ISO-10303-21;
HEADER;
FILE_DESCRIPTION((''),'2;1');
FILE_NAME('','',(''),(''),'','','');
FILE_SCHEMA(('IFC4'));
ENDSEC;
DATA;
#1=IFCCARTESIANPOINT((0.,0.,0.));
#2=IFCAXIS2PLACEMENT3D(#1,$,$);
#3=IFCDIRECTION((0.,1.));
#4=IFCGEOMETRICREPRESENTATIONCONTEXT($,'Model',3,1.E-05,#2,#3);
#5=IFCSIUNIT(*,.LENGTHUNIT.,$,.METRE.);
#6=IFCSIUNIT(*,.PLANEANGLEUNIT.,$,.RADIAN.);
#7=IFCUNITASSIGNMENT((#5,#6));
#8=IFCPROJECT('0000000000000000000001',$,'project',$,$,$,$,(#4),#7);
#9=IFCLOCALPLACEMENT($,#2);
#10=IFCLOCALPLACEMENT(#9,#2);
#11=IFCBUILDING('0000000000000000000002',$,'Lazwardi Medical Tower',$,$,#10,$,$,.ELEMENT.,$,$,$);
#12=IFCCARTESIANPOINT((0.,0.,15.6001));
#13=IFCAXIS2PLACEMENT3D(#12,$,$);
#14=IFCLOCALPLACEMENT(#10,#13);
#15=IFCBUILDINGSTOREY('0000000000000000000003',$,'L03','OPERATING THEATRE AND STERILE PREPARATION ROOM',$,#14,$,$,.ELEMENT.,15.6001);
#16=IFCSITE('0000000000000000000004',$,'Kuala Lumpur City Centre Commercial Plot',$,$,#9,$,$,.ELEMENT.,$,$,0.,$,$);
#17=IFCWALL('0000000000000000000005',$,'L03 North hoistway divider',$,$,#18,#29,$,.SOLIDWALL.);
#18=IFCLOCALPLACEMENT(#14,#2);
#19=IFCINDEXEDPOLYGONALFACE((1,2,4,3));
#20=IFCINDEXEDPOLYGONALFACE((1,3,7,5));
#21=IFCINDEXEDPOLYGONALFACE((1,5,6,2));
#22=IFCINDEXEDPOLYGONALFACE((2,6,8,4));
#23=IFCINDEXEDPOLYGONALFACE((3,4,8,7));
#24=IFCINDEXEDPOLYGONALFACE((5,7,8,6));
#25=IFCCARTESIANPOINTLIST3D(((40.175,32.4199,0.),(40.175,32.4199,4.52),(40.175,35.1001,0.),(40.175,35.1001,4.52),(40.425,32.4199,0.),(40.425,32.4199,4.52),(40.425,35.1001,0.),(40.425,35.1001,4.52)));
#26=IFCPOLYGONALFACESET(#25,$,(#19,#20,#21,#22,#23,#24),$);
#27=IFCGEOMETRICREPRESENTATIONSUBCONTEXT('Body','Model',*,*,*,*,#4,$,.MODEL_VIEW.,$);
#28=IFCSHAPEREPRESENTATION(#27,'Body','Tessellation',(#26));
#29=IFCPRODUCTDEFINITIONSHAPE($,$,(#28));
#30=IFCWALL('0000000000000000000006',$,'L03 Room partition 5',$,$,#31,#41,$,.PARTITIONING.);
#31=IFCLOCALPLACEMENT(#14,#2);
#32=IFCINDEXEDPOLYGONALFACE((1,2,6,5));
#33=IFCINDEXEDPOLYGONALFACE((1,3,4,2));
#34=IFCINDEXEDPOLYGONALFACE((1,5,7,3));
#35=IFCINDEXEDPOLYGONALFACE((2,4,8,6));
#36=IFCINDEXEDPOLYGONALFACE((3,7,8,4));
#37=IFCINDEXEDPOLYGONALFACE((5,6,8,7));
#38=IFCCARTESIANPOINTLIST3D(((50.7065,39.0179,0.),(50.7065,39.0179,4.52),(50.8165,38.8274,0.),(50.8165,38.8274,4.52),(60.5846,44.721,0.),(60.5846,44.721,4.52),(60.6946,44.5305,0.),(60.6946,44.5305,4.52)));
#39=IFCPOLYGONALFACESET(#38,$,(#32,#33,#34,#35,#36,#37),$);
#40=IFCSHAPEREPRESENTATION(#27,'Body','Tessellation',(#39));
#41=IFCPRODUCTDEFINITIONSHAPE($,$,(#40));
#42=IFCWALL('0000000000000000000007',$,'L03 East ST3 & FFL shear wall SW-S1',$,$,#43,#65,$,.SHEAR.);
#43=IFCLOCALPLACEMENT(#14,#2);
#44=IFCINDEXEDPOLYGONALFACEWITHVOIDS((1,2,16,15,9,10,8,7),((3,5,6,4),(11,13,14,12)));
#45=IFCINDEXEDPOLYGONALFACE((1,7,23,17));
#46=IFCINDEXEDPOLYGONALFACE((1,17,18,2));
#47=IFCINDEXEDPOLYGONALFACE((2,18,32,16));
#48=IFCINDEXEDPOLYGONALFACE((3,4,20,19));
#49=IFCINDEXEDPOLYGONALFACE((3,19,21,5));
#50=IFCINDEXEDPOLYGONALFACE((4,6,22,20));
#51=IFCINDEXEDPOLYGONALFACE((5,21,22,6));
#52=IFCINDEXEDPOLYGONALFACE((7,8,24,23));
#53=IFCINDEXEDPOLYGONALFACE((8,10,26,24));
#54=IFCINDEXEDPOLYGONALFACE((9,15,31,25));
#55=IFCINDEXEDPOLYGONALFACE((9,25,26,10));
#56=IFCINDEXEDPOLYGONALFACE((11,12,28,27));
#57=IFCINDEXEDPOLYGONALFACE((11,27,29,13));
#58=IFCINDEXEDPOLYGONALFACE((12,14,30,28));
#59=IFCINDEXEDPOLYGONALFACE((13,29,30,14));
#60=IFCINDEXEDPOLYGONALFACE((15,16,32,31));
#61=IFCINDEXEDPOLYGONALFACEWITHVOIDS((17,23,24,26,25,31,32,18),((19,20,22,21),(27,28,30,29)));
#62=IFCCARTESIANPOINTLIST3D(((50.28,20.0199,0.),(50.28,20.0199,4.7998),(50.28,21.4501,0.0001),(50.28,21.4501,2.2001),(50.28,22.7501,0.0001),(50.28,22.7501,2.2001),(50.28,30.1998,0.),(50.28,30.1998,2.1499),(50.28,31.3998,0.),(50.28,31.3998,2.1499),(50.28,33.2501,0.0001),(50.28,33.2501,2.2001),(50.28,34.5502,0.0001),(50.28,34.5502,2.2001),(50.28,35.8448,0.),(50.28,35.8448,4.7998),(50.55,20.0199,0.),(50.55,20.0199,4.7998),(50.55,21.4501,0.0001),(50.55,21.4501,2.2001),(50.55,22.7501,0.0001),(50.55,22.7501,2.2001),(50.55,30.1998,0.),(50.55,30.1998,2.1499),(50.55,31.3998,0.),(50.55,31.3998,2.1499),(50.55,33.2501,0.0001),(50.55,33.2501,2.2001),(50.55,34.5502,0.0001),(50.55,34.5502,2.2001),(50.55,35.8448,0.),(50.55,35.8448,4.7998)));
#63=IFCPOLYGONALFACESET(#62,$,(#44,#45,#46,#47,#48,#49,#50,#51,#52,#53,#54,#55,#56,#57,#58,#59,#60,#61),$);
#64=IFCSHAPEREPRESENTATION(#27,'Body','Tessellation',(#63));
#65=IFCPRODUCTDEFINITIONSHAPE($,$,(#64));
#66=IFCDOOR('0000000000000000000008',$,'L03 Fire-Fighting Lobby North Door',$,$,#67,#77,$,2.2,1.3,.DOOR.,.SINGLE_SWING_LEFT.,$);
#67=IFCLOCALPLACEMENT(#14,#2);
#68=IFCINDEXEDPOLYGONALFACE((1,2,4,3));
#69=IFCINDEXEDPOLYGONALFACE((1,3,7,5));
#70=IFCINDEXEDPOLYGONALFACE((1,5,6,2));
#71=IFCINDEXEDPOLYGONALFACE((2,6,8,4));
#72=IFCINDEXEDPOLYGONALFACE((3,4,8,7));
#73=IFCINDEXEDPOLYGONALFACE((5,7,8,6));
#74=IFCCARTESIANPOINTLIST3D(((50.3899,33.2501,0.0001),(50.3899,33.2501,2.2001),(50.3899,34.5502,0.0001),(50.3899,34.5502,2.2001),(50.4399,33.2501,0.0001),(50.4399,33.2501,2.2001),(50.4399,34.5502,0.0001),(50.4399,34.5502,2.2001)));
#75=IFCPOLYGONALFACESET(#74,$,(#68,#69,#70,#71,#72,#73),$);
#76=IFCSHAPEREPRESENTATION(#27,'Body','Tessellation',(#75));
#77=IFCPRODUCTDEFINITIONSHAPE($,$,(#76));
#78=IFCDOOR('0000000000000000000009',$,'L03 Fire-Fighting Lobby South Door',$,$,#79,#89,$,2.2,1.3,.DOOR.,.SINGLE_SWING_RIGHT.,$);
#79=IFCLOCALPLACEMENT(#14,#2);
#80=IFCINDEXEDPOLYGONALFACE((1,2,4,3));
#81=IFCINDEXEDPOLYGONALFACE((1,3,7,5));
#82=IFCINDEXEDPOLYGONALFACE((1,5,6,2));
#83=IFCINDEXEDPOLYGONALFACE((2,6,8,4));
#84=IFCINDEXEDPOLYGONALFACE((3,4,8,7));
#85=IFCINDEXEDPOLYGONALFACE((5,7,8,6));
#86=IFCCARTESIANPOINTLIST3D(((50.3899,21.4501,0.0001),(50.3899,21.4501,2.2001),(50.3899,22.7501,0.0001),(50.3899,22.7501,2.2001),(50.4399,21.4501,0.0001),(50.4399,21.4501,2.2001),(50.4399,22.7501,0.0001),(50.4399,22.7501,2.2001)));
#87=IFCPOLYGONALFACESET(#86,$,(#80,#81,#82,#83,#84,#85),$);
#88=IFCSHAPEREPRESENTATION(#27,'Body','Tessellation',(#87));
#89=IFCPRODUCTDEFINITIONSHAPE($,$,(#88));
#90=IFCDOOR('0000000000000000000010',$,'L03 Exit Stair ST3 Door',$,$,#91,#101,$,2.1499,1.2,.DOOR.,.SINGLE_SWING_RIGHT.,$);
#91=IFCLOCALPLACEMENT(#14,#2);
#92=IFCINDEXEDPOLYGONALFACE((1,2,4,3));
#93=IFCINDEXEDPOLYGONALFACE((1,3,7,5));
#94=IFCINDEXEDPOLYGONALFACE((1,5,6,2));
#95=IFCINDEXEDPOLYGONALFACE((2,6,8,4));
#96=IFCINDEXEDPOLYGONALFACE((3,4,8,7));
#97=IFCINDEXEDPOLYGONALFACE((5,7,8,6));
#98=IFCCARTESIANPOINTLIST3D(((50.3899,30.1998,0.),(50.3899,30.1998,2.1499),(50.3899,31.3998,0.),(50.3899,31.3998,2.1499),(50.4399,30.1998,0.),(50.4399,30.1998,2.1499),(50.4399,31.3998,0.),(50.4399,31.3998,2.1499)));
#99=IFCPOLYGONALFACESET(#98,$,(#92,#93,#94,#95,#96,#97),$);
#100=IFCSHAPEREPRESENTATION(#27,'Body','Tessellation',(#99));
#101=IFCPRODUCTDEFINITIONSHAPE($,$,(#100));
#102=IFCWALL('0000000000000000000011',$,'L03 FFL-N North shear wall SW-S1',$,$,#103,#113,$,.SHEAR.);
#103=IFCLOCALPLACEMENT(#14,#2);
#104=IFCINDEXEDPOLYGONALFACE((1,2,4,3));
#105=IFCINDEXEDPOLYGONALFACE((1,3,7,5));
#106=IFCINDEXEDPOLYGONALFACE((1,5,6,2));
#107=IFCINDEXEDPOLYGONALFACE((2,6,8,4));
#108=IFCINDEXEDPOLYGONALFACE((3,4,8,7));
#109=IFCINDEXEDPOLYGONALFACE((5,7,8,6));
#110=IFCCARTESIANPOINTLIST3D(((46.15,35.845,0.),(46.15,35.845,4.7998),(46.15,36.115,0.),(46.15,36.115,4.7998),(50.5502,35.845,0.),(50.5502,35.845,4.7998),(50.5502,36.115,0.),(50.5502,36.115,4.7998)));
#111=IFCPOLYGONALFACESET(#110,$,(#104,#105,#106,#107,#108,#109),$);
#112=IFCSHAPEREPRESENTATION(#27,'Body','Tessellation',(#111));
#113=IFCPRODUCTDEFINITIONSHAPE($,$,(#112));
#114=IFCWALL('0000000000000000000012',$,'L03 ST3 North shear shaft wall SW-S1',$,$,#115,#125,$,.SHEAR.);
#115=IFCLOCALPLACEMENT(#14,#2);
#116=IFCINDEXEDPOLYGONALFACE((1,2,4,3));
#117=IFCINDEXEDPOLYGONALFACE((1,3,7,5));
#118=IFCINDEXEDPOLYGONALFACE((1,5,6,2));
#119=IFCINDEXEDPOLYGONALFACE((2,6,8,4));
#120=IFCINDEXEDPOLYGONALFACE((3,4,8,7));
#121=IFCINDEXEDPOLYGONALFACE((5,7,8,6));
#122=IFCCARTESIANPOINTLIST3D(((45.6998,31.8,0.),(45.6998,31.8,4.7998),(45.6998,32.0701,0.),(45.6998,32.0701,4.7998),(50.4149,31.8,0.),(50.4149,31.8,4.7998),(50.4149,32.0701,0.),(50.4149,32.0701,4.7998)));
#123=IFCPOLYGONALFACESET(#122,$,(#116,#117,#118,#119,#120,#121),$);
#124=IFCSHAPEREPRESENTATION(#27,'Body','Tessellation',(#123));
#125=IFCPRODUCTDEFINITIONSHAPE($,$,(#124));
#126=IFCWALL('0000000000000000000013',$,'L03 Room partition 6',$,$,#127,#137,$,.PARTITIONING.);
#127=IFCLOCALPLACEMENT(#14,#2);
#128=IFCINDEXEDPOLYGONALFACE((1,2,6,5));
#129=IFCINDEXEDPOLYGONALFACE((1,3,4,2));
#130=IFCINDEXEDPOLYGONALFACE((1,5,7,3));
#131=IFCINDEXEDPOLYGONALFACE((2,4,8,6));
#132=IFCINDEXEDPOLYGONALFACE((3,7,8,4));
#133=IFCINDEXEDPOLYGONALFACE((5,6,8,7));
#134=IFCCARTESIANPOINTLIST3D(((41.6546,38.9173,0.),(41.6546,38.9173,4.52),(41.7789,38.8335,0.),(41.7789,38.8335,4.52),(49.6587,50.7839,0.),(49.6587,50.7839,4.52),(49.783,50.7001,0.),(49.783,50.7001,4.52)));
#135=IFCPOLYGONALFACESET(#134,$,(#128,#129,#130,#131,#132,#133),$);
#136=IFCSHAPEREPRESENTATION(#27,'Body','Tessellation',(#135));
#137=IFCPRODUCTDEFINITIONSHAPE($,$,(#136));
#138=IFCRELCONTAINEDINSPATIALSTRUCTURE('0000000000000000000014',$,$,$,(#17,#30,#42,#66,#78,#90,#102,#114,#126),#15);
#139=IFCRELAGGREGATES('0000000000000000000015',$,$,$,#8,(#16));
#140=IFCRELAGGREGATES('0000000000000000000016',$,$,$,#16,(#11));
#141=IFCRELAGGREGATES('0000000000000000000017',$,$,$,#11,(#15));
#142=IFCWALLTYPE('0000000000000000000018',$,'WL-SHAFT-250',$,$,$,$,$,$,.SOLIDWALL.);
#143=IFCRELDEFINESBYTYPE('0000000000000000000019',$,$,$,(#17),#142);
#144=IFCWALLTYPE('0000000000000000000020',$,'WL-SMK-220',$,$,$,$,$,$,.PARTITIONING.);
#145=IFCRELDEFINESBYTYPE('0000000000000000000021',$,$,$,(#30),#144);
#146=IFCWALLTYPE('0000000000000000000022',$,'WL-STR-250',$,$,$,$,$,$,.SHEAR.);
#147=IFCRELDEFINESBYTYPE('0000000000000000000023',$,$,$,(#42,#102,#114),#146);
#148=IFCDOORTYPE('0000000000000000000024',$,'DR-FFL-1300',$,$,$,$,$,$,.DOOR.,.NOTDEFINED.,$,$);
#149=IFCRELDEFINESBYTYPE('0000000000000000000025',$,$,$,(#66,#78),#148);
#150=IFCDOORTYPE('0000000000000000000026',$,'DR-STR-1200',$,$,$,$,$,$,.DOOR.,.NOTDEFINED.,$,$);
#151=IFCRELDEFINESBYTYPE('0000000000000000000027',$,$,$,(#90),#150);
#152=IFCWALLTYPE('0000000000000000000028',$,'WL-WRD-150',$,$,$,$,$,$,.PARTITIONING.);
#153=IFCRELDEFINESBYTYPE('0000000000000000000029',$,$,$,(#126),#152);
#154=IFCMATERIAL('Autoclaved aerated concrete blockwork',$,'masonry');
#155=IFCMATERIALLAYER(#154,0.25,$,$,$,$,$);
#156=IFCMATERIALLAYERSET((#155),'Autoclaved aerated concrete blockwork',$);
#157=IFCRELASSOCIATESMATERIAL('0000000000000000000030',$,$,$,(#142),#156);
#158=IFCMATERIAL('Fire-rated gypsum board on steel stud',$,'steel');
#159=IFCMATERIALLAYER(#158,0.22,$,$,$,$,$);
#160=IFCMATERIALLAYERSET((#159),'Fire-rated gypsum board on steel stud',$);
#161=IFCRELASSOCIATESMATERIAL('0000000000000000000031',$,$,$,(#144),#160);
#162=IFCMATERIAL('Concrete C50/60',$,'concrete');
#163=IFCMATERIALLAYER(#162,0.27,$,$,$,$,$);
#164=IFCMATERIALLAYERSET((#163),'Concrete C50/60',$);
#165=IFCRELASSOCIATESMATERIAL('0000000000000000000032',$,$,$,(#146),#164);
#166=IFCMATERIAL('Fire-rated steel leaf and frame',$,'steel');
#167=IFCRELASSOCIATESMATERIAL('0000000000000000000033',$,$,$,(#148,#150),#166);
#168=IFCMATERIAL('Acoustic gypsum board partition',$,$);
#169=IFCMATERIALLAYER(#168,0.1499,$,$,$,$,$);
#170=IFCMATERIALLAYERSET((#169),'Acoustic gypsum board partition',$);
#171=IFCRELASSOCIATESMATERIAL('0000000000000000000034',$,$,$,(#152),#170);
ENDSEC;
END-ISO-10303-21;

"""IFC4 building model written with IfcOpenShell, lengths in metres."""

from ifc_helpers import new_model, si_unit, direction, frame, frame_2d, origin, place, context, subcontext, project, spatial, rectangle, extrude, material, layer, layer_set, type_object, element, fill, save


model = new_model("IFC4")

# Units and contexts
model_context = context("Model", 3, precision=1e-05, world=origin(), true_north=direction((0.0, 1.0)))
body_context = subcontext(model_context, "Body", "Model", "MODEL_VIEW")
ifc_project = project(units=[si_unit("LENGTHUNIT", "METRE"), si_unit("PLANEANGLEUNIT", "RADIAN")], contexts=[model_context])

# Site, building, storey
site_placement = place(None, origin())
site = spatial("IfcSite", under=ifc_project, at=site_placement, Name="Kuala Lumpur City Centre Commercial Plot", CompositionType="ELEMENT", RefElevation=0.0)
building_placement = place(site_placement, origin())
building = spatial("IfcBuilding", under=site, at=building_placement, Name="Lazwardi Medical Tower", CompositionType="ELEMENT")
storey_placement = place(building_placement, frame((0.0, 0.0, 15.6001)))
storey = spatial("IfcBuildingStorey", under=building, at=storey_placement, Name="L03", Description="OPERATING THEATRE AND STERILE PREPARATION ROOM", CompositionType="ELEMENT", Elevation=15.6001)

# Shared definitions
ifc_material_1 = material(Name="Fire-rated gypsum board on steel stud", Category="steel")

# Walls
ifc_material_2 = material(Name="Autoclaved aerated concrete blockwork", Category="masonry")
ifc_layer_1 = layer(ifc_material_2, 0.25)
ifc_layer_set_1 = layer_set([ifc_layer_1], Name="Autoclaved aerated concrete blockwork")
wall_type_1 = type_object("IfcWallType", Name="WL-SHAFT-250", PredefinedType="SOLIDWALL", material=ifc_layer_set_1)
for number, where, z_axis, x_axis, name in (
    (1, (40.3, 32.4199, 0.0), (0.0, 0.0, 1.0), (0.0, 1.0, 0.0), "L03 North hoistway divider"),
):
    element("IfcWall", number, at=place(storey_placement, frame(where, z_axis=z_axis, x_axis=x_axis)), inside=storey, type_object=wall_type_1, Name=name, PredefinedType="SOLIDWALL", context=body_context, shape_type="SweptSolid", body=[
        extrude(rectangle(XDim=2.6802, YDim=0.25, at=frame_2d((1.3401, 0.0))), origin(), (0.0, 0.0, 1.0), 4.52),
    ])
ifc_layer_2 = layer(ifc_material_1, 0.22)
ifc_layer_set_2 = layer_set([ifc_layer_2], Name="Fire-rated gypsum board on steel stud")
wall_type_2 = type_object("IfcWallType", Name="WL-SMK-220", PredefinedType="PARTITIONING", material=ifc_layer_set_2)
wall_1_placement = place(storey_placement, frame((50.7615, 38.9226, 0.0), z_axis=(0.0, 0.0, 1.0), x_axis=(0.866027, 0.499997, 0.0)))
element("IfcWall", 2, at=wall_1_placement, inside=storey, type_object=wall_type_2, Name="L03 Room partition 5", PredefinedType="PARTITIONING", context=body_context, shape_type="SweptSolid", body=[
    extrude(rectangle(XDim=11.4062, YDim=0.22, at=frame_2d((5.7031, 0.0))), origin(), (0.0, 0.0, 1.0), 4.52),
])

# Wall, openings, doors
ifc_material_3 = material(Name="Concrete C50/60", Category="concrete")
ifc_layer_3 = layer(ifc_material_3, 0.27)
ifc_layer_set_3 = layer_set([ifc_layer_3], Name="Concrete C50/60")
wall_type_3 = type_object("IfcWallType", Name="WL-STR-250", PredefinedType="SHEAR", material=ifc_layer_set_3)
wall_2_placement = place(storey_placement, frame((50.415, 35.845, 0.0), z_axis=(0.0, 0.0, 1.0), x_axis=(0.0, -1.0, 0.0)))
wall_2 = element("IfcWall", 3, at=wall_2_placement, inside=storey, type_object=wall_type_3, Name="L03 East ST3 & FFL shear wall SW-S1", PredefinedType="SHEAR", context=body_context, shape_type="SweptSolid", body=[
    extrude(rectangle(XDim=15.825, YDim=0.27, at=frame_2d((7.9126, 0.0))), origin(), (0.0, 0.0, 1.0), 4.7998),
])
opening_1_placement = place(wall_2_placement, frame((4.4451, 0.0, 0.0)))
opening_1 = element("IfcOpeningElement", 4, at=opening_1_placement, cuts=wall_2, PredefinedType="OPENING", context=body_context, shape_type="SweptSolid", body=[
    extrude(rectangle(XDim=1.2, YDim=2.1499, at=frame_2d((0.6001, 1.075))), frame((0.0, 0.145, 0.0), z_axis=(0.0, -1.0, 0.0), x_axis=(1.0, 0.0, 0.0)), (0.0, 0.0, 1.0), 0.29),
])
opening_2_placement = place(wall_2_placement, frame((1.2949, 0.0, 0.0)))
opening_2 = element("IfcOpeningElement", 5, at=opening_2_placement, cuts=wall_2, PredefinedType="OPENING", context=body_context, shape_type="SweptSolid", body=[
    extrude(rectangle(XDim=1.3, YDim=2.2, at=frame_2d((0.6499, 1.1001))), frame((0.0, 0.145, 0.0), z_axis=(0.0, -1.0, 0.0), x_axis=(1.0, 0.0, 0.0)), (0.0, 0.0, 1.0), 0.29),
])
opening_3_placement = place(wall_2_placement, frame((13.095, 0.0, 0.0)))
opening_3 = element("IfcOpeningElement", 6, at=opening_3_placement, cuts=wall_2, PredefinedType="OPENING", context=body_context, shape_type="SweptSolid", body=[
    extrude(rectangle(XDim=1.3, YDim=2.2, at=frame_2d((0.6499, 1.1001))), frame((0.0, 0.145, 0.0), z_axis=(0.0, -1.0, 0.0), x_axis=(1.0, 0.0, 0.0)), (0.0, 0.0, 1.0), 0.29),
])
ifc_material_4 = material(Name="Fire-rated steel leaf and frame", Category="steel")
door_type_1 = type_object("IfcDoorType", Name="DR-FFL-1300", OperationType="NOTDEFINED", PredefinedType="DOOR", material=ifc_material_4)
door_1_placement = place(opening_2_placement, origin())
door_1 = element("IfcDoor", 7, at=door_1_placement, inside=storey, type_object=door_type_1, Name="L03 Fire-Fighting Lobby North Door", OperationType="SINGLE_SWING_LEFT", OverallHeight=2.2, OverallWidth=1.3, PredefinedType="DOOR", context=body_context, shape_type="SweptSolid", body=[
    extrude(rectangle(XDim=1.3, YDim=2.2, at=frame_2d((0.6499, 1.1001))), frame((0.0, 0.0249, 0.0), z_axis=(0.0, -1.0, 0.0), x_axis=(1.0, 0.0, 0.0)), (0.0, 0.0, 1.0), 0.05),
])
fill(opening_2, door_1)
door_2_placement = place(opening_3_placement, origin())
door_2 = element("IfcDoor", 8, at=door_2_placement, inside=storey, type_object=door_type_1, Name="L03 Fire-Fighting Lobby South Door", OperationType="SINGLE_SWING_RIGHT", OverallHeight=2.2, OverallWidth=1.3, PredefinedType="DOOR", context=body_context, shape_type="SweptSolid", body=[
    extrude(rectangle(XDim=1.3, YDim=2.2, at=frame_2d((0.6499, 1.1001))), frame((0.0, 0.0249, 0.0), z_axis=(0.0, -1.0, 0.0), x_axis=(1.0, 0.0, 0.0)), (0.0, 0.0, 1.0), 0.05),
])
fill(opening_3, door_2)
door_type_2 = type_object("IfcDoorType", Name="DR-STR-1200", OperationType="NOTDEFINED", PredefinedType="DOOR", material=ifc_material_4)
door_3_placement = place(opening_1_placement, origin())
door_3 = element("IfcDoor", 9, at=door_3_placement, inside=storey, type_object=door_type_2, Name="L03 Exit Stair ST3 Door", OperationType="SINGLE_SWING_RIGHT", OverallHeight=2.1499, OverallWidth=1.2, PredefinedType="DOOR", context=body_context, shape_type="SweptSolid", body=[
    extrude(rectangle(XDim=1.2, YDim=2.1499, at=frame_2d((0.6001, 1.075))), frame((0.0, 0.0249, 0.0), z_axis=(0.0, -1.0, 0.0), x_axis=(1.0, 0.0, 0.0)), (0.0, 0.0, 1.0), 0.05),
])
fill(opening_1, door_3)

# Walls
wall_3_placement = place(storey_placement, frame((46.1499, 35.98, 0.0), z_axis=(0.0, 0.0, 1.0), x_axis=(1.0, 0.0, 0.0)))
element("IfcWall", 10, at=wall_3_placement, inside=storey, type_object=wall_type_3, Name="L03 FFL-N North shear wall SW-S1", PredefinedType="SHEAR", context=body_context, shape_type="SweptSolid", body=[
    extrude(rectangle(XDim=4.4001, YDim=0.27, at=frame_2d((2.2002, 0.0))), origin(), (0.0, 0.0, 1.0), 4.7998),
])
wall_4_placement = place(storey_placement, frame((45.7, 31.9351, 0.0), z_axis=(0.0, 0.0, 1.0), x_axis=(1.0, 0.0, 0.0)))
element("IfcWall", 11, at=wall_4_placement, inside=storey, type_object=wall_type_3, Name="L03 ST3 North shear shaft wall SW-S1", PredefinedType="SHEAR", context=body_context, shape_type="SweptSolid", body=[
    extrude(rectangle(XDim=4.7151, YDim=0.27, at=frame_2d((2.3574, 0.0))), origin(), (0.0, 0.0, 1.0), 4.7998),
])
ifc_material_5 = material(Name="Acoustic gypsum board partition")
ifc_layer_4 = layer(ifc_material_5, 0.1499)
ifc_layer_set_4 = layer_set([ifc_layer_4], Name="Acoustic gypsum board partition")
wall_type_4 = type_object("IfcWallType", Name="WL-WRD-150", PredefinedType="PARTITIONING", material=ifc_layer_set_4)
wall_5_placement = place(storey_placement, frame((41.7168, 38.8755, 0.0), z_axis=(0.0, 0.0, 1.0), x_axis=(0.559191, 0.829039, 0.0)))
element("IfcWall", 12, at=wall_5_placement, inside=storey, type_object=wall_type_4, Name="L03 Room partition 6", PredefinedType="PARTITIONING", context=body_context, shape_type="SweptSolid", body=[
    extrude(rectangle(XDim=14.3137, YDim=0.1499, at=frame_2d((7.1567, 0.0))), origin(), (0.0, 0.0, 1.0), 4.52),
])

save(model, "model.ifc")
